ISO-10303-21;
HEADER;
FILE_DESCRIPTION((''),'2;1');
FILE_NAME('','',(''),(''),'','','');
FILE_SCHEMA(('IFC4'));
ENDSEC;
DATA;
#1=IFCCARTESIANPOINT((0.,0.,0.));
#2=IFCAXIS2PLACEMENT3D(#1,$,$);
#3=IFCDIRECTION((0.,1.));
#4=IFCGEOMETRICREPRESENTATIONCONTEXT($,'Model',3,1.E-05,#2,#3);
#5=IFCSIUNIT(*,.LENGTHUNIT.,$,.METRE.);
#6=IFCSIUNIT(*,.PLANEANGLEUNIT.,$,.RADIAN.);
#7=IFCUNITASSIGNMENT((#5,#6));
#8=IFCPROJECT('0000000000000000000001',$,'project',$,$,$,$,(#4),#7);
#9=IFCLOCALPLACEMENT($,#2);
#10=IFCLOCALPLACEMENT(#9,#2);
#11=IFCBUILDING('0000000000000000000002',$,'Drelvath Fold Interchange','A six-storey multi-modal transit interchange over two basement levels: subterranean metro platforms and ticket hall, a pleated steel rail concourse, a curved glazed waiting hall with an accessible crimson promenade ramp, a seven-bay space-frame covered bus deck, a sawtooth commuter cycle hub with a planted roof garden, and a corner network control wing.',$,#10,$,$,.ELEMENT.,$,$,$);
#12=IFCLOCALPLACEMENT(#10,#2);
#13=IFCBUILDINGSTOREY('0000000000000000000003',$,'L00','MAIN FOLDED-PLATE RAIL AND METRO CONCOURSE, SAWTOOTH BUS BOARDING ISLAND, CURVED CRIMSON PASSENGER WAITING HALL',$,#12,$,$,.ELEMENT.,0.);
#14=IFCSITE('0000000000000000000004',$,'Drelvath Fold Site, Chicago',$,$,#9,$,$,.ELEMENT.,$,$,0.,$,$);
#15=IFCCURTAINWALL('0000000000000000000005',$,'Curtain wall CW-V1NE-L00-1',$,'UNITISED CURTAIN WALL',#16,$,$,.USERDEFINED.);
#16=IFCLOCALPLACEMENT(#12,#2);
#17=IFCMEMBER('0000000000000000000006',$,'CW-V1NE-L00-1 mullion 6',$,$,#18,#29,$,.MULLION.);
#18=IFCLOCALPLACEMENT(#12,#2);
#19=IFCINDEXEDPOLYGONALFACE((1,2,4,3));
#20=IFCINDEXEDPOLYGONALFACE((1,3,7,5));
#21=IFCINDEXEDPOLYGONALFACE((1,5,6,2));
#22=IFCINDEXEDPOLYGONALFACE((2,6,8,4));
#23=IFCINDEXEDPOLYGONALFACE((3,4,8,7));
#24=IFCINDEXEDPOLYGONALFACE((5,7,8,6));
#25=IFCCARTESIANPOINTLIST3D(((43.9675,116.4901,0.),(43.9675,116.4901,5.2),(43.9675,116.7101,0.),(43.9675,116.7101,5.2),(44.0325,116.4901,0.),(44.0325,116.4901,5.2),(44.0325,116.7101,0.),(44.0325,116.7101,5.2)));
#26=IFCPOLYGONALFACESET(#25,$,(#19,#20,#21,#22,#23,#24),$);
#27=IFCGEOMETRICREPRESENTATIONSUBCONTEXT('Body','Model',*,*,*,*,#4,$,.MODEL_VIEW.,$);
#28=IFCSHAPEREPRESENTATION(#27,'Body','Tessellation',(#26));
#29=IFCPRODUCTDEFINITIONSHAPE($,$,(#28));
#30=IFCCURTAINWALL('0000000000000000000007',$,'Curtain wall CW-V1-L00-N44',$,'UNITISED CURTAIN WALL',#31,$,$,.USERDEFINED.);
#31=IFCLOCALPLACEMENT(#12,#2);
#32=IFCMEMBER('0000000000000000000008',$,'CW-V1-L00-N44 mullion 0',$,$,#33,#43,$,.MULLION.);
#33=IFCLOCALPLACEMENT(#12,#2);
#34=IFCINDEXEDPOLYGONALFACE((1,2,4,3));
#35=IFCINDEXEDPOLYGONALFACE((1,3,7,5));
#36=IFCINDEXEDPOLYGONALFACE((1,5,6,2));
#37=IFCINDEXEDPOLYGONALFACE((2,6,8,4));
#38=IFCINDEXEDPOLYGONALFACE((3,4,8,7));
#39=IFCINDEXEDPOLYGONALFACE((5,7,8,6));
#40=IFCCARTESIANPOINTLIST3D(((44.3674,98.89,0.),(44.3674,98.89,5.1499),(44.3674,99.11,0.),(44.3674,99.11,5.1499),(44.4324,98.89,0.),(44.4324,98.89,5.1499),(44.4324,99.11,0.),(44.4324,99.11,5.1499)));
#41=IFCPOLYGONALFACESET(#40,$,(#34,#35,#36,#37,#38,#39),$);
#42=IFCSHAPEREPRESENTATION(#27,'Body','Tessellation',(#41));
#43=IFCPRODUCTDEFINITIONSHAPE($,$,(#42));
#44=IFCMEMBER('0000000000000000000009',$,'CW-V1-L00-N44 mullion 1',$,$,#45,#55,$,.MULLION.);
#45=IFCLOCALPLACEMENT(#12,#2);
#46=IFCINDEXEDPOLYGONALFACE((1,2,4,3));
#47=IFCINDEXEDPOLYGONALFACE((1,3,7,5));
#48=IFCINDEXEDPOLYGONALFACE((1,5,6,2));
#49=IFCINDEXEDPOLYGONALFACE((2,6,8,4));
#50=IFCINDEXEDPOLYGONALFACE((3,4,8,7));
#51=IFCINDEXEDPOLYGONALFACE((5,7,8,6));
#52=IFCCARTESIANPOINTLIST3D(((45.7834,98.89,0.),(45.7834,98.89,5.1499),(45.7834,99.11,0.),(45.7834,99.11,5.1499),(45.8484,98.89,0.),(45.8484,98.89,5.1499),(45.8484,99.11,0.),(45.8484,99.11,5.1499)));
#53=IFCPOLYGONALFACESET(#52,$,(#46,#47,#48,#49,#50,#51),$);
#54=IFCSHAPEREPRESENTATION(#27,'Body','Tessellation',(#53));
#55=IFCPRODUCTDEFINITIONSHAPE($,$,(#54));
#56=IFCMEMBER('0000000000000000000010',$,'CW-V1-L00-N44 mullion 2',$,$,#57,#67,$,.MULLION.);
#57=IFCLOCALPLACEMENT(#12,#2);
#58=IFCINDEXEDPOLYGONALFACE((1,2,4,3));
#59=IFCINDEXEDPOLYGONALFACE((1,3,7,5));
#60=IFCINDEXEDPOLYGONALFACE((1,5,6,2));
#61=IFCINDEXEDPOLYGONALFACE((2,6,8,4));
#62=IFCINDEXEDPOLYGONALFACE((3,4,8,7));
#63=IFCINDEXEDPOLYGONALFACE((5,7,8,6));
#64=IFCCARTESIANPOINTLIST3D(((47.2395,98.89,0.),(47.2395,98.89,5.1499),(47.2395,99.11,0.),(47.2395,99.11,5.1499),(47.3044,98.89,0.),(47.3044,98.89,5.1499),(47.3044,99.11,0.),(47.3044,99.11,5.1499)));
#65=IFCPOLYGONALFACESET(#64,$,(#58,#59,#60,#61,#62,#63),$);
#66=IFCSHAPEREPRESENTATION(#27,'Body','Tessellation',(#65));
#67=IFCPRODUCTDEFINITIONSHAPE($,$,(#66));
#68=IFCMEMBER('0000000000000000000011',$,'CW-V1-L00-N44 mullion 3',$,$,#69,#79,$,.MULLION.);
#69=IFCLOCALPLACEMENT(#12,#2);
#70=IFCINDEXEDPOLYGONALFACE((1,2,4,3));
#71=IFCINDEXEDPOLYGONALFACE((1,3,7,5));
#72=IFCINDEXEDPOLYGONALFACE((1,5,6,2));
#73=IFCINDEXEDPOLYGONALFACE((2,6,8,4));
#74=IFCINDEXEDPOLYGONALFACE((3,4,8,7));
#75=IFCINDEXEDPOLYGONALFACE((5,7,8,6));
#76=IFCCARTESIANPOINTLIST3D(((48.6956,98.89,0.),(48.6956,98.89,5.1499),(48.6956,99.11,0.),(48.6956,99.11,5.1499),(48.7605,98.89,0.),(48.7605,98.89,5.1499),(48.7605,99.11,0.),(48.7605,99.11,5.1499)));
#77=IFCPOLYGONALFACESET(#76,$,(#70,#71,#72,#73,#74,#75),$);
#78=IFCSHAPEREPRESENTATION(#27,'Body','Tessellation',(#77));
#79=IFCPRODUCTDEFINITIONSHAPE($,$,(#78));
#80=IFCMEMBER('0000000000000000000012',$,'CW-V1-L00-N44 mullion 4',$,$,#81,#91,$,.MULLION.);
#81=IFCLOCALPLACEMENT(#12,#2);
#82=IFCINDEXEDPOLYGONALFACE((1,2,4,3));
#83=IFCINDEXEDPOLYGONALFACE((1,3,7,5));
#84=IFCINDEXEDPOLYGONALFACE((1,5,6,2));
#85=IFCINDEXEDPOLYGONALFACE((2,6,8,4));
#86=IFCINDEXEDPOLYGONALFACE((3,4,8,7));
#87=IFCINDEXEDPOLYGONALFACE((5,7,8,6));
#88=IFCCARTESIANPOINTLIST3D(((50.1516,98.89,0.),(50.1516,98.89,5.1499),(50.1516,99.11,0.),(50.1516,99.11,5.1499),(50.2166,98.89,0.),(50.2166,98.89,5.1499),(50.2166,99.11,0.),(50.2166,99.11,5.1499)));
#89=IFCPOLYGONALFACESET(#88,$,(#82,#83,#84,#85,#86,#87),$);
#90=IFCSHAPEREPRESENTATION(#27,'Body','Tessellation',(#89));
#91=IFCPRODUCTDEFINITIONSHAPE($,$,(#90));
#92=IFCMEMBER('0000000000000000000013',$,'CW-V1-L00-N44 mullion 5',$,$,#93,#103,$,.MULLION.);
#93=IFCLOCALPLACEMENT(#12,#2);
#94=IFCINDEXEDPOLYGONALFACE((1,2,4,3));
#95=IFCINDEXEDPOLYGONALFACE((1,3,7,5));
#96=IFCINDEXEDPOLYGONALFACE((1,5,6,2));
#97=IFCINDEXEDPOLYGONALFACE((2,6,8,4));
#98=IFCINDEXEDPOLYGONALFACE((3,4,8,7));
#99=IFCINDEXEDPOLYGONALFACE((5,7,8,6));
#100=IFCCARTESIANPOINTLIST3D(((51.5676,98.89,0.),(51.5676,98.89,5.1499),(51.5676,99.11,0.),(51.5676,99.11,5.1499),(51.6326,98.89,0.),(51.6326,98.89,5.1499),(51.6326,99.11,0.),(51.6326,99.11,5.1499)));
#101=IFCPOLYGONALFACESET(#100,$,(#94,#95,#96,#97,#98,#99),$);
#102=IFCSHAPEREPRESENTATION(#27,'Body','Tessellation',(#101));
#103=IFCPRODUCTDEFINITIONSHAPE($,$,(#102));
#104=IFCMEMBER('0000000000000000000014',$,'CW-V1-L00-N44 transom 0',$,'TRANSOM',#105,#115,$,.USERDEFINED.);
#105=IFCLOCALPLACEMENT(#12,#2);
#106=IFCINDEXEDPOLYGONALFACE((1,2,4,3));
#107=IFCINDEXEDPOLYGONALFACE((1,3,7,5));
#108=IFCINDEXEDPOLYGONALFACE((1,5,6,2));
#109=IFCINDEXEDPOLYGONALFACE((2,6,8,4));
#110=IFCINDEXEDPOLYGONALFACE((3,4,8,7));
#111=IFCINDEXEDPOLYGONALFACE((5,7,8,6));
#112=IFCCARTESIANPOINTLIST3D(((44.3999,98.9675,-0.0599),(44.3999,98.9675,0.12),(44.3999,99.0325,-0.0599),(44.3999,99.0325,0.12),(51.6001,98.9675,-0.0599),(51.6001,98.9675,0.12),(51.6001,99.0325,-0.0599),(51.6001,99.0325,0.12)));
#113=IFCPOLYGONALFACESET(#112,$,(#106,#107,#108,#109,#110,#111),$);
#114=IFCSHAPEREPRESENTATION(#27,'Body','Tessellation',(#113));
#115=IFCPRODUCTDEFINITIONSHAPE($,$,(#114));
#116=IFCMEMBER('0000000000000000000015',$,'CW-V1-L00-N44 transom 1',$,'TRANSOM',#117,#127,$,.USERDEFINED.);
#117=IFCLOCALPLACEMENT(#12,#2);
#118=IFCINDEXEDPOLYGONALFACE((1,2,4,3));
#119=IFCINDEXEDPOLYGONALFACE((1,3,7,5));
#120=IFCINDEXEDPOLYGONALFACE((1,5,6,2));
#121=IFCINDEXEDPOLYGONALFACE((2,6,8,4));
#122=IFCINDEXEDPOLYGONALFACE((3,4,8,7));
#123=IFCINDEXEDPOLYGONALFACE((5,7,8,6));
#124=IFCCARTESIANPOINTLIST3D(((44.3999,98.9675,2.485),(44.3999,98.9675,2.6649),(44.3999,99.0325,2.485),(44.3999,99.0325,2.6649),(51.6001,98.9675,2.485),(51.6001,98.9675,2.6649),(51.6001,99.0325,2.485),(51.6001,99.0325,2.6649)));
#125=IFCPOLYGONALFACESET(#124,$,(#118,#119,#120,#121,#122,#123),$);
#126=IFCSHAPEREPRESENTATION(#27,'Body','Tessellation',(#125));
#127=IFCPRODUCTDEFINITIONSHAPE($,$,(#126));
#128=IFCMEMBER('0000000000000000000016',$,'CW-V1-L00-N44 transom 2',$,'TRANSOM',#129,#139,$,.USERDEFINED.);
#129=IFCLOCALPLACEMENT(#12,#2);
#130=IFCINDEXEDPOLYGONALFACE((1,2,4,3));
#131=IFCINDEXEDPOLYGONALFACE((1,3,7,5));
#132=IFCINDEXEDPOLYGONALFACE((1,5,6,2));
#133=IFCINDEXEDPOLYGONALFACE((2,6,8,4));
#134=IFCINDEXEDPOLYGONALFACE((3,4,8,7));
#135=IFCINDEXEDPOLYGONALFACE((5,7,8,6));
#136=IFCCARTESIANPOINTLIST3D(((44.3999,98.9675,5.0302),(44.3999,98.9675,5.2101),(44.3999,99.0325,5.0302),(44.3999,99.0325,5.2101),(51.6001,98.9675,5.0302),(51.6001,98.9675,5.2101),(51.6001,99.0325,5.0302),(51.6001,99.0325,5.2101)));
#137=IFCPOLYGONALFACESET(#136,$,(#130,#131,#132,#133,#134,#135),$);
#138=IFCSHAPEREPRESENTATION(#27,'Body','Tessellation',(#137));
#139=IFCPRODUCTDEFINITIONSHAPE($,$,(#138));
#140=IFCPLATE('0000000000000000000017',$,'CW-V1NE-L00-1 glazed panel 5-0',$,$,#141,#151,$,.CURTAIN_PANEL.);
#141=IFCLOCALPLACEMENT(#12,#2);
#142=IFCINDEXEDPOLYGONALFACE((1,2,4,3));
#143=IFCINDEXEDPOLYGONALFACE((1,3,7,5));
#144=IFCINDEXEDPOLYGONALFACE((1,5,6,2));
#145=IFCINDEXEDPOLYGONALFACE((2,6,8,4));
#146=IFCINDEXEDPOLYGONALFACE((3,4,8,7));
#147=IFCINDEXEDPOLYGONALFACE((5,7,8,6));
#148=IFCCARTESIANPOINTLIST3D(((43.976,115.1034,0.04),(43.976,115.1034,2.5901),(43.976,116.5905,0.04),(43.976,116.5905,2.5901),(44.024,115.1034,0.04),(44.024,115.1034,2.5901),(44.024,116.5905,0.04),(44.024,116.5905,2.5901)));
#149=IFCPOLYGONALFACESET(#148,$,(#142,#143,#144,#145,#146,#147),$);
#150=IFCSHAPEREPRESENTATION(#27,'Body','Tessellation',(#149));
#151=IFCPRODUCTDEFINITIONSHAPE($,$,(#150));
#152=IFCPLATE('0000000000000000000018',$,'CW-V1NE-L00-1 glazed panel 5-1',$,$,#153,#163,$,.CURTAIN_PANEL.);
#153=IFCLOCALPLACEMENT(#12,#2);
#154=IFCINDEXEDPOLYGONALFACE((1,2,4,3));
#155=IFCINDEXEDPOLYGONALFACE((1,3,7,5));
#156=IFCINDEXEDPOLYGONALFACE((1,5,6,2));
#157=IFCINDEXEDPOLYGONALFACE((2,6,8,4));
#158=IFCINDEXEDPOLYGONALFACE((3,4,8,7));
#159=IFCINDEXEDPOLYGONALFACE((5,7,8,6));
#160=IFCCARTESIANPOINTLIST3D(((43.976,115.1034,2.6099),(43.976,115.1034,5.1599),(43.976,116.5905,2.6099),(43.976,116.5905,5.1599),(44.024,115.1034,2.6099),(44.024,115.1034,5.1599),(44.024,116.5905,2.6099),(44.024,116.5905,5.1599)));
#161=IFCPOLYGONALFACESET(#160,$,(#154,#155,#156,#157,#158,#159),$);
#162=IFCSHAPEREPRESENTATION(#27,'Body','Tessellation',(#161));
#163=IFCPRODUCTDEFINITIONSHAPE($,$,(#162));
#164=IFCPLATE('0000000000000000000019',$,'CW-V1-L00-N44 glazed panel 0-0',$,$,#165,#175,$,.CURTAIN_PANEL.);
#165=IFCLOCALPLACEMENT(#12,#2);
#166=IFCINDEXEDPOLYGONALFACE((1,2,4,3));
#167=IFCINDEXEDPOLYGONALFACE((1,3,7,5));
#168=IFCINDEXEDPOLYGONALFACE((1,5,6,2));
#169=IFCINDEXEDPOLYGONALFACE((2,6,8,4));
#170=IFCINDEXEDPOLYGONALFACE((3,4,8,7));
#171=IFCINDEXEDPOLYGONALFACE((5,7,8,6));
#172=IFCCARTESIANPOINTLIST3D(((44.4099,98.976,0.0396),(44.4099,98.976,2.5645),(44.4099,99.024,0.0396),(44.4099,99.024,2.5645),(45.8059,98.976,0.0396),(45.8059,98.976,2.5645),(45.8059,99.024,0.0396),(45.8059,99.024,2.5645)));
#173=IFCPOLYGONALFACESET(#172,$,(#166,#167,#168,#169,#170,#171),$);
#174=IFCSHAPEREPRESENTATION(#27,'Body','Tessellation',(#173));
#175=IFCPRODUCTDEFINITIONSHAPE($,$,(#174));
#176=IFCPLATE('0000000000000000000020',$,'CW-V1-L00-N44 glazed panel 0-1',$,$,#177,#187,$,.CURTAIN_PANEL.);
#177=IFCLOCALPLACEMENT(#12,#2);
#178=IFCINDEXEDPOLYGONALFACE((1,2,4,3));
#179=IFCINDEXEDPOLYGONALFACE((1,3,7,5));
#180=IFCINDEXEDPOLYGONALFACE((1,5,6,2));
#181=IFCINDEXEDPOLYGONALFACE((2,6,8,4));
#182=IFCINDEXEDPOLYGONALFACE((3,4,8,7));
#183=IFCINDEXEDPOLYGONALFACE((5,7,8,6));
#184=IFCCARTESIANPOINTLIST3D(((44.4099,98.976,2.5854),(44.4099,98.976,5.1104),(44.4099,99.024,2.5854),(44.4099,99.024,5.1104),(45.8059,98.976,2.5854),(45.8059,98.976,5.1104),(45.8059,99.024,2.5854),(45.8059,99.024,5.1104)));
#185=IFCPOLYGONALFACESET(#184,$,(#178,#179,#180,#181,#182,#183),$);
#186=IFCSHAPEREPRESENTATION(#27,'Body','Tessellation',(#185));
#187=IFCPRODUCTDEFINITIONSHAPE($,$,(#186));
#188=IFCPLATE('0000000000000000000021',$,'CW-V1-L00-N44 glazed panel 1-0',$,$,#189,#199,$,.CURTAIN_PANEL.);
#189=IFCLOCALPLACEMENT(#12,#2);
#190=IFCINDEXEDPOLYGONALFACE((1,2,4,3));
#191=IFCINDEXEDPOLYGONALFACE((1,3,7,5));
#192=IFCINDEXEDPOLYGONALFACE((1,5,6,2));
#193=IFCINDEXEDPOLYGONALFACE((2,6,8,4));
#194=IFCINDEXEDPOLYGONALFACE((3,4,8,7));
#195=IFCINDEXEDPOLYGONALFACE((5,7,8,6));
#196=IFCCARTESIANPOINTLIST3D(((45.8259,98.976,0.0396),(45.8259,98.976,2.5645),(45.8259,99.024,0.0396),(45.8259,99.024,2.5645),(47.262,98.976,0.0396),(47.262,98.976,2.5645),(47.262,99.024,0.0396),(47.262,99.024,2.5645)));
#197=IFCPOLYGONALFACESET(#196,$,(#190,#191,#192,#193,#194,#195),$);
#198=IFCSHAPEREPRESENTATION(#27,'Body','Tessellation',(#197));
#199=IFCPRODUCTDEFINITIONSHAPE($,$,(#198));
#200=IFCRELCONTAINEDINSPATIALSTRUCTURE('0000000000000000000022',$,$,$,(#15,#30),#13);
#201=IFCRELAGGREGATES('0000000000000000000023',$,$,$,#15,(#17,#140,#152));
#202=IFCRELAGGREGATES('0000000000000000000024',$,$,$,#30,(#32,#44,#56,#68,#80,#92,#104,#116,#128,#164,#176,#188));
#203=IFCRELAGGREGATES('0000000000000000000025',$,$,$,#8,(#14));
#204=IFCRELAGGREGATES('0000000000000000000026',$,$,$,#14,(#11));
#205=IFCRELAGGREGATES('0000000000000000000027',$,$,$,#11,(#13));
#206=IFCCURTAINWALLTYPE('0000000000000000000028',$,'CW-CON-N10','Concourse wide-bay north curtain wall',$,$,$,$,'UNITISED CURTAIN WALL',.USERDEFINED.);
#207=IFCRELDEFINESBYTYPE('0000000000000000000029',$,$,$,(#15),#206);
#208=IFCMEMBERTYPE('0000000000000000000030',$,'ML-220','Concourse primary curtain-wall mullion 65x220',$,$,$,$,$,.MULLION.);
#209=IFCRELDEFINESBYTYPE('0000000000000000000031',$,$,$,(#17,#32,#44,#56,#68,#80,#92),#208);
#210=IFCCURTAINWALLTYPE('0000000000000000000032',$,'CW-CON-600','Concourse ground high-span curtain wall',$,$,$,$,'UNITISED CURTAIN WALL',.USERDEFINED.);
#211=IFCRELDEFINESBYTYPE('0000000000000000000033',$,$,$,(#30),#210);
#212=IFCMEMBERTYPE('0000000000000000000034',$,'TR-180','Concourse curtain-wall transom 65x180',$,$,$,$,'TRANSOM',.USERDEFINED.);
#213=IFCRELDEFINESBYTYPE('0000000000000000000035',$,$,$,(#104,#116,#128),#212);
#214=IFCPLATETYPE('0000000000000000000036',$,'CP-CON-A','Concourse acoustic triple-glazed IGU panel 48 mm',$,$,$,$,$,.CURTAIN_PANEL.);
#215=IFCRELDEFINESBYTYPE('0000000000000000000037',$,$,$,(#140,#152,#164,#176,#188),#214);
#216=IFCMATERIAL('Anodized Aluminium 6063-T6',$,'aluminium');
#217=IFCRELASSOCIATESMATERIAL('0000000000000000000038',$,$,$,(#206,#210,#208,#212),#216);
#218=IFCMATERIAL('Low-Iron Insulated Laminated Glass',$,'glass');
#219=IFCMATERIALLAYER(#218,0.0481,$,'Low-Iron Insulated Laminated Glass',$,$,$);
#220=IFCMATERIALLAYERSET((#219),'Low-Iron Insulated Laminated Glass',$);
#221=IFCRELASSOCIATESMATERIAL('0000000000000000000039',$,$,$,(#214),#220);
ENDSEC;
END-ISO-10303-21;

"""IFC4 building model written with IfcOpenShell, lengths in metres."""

from ifc_helpers import new_model, si_unit, direction, frame, origin, origin_2d, place, context, subcontext, project, spatial, rectangle, extrude, material, layer, layer_set, material_profile, profile_set, type_object, element, aggregate, save


model = new_model("IFC4")

# Units and contexts
model_context = context("Model", 3, precision=1e-05, world=origin(), true_north=direction((0.0, 1.0)))
body_context = subcontext(model_context, "Body", "Model", "MODEL_VIEW")
ifc_project = project(units=[si_unit("LENGTHUNIT", "METRE"), si_unit("PLANEANGLEUNIT", "RADIAN")], contexts=[model_context])

# Site, building, storey
site_placement = place(None, origin())
site = spatial("IfcSite", under=ifc_project, at=site_placement, Name="Drelvath Fold Site, Chicago", CompositionType="ELEMENT", RefElevation=0.0)
building_placement = place(site_placement, origin())
building = spatial("IfcBuilding", under=site, at=building_placement, Name="Drelvath Fold Interchange", Description="A six-storey multi-modal transit interchange over two basement levels: subterranean metro platforms and ticket hall, a pleated steel rail concourse, a curved glazed waiting hall with an accessible crimson promenade ramp, a seven-bay space-frame covered bus deck, a sawtooth commuter cycle hub with a planted roof garden, and a corner network control wing.", CompositionType="ELEMENT")
storey_placement = place(building_placement, origin())
storey = spatial("IfcBuildingStorey", under=building, at=storey_placement, Name="L00", Description="MAIN FOLDED-PLATE RAIL AND METRO CONCOURSE, SAWTOOTH BUS BOARDING ISLAND, CURVED CRIMSON PASSENGER WAITING HALL", CompositionType="ELEMENT", Elevation=0.0)

# Curtain wall, member
ifc_material_1 = material(Name="Anodized Aluminium 6063-T6", Category="aluminium")
curtain_wall_type_1 = type_object("IfcCurtainWallType", Name="CW-CON-N10", Description="Concourse wide-bay north curtain wall", ElementType="UNITISED CURTAIN WALL", PredefinedType="USERDEFINED", material=ifc_material_1)
curtain_wall_1_placement = place(storey_placement, origin())
curtain_wall_1 = element("IfcCurtainWall", 1, at=curtain_wall_1_placement, inside=storey, type_object=curtain_wall_type_1, Name="Curtain wall CW-V1NE-L00-1", ObjectType="UNITISED CURTAIN WALL", PredefinedType="USERDEFINED")
ifc_material_profile_1 = material_profile(ifc_material_1, rectangle(XDim=0.0649, YDim=0.22, at=origin_2d()), Name="AL-M 65x220")
ifc_profile_set_1 = profile_set([ifc_material_profile_1], Name="Anodized Aluminium 6063-T6")
member_type_1 = type_object("IfcMemberType", Name="ML-220", Description="Concourse primary curtain-wall mullion 65x220", PredefinedType="MULLION", material=ifc_profile_set_1)
member_1_placement = place(storey_placement, frame((44.0, 116.6001, 0.0), z_axis=(0.0, 0.0, 1.0), x_axis=(1.0, 0.0, 0.0)))
member_1 = element("IfcMember", 2, at=member_1_placement, type_object=member_type_1, Name="CW-V1NE-L00-1 mullion 6", PredefinedType="MULLION", context=body_context, shape_type="SweptSolid", body=[
    extrude(rectangle(XDim=0.0649, YDim=0.22, at=origin_2d()), origin(), (0.0, 0.0, 1.0), 5.2),
])

# Curtain wall, members
curtain_wall_type_2 = type_object("IfcCurtainWallType", Name="CW-CON-600", Description="Concourse ground high-span curtain wall", ElementType="UNITISED CURTAIN WALL", PredefinedType="USERDEFINED", material=ifc_material_1)
curtain_wall_2_placement = place(storey_placement, origin())
curtain_wall_2 = element("IfcCurtainWall", 3, at=curtain_wall_2_placement, inside=storey, type_object=curtain_wall_type_2, Name="Curtain wall CW-V1-L00-N44", ObjectType="UNITISED CURTAIN WALL", PredefinedType="USERDEFINED")
member_2_placement = place(storey_placement, frame((44.3999, 99.0, 0.0), z_axis=(0.0, 0.0, 1.0), x_axis=(1.0, 0.0, 0.0)))
member_2 = element("IfcMember", 4, at=member_2_placement, type_object=member_type_1, Name="CW-V1-L00-N44 mullion 0", PredefinedType="MULLION", context=body_context, shape_type="SweptSolid", body=[
    extrude(rectangle(XDim=0.0649, YDim=0.22, at=origin_2d()), origin(), (0.0, 0.0, 1.0), 5.1499),
])
member_3_placement = place(storey_placement, frame((45.8159, 99.0, 0.0), z_axis=(0.0, 0.0, 1.0), x_axis=(1.0, 0.0, 0.0)))
member_3 = element("IfcMember", 5, at=member_3_placement, type_object=member_type_1, Name="CW-V1-L00-N44 mullion 1", PredefinedType="MULLION", context=body_context, shape_type="SweptSolid", body=[
    extrude(rectangle(XDim=0.0649, YDim=0.22, at=origin_2d()), origin(), (0.0, 0.0, 1.0), 5.1499),
])
member_4_placement = place(storey_placement, frame((47.272, 99.0, 0.0), z_axis=(0.0, 0.0, 1.0), x_axis=(1.0, 0.0, 0.0)))
member_4 = element("IfcMember", 6, at=member_4_placement, type_object=member_type_1, Name="CW-V1-L00-N44 mullion 2", PredefinedType="MULLION", context=body_context, shape_type="SweptSolid", body=[
    extrude(rectangle(XDim=0.0649, YDim=0.22, at=origin_2d()), origin(), (0.0, 0.0, 1.0), 5.1499),
])
member_5_placement = place(storey_placement, frame((48.728, 99.0, 0.0), z_axis=(0.0, 0.0, 1.0), x_axis=(1.0, 0.0, 0.0)))
member_5 = element("IfcMember", 7, at=member_5_placement, type_object=member_type_1, Name="CW-V1-L00-N44 mullion 3", PredefinedType="MULLION", context=body_context, shape_type="SweptSolid", body=[
    extrude(rectangle(XDim=0.0649, YDim=0.22, at=origin_2d()), origin(), (0.0, 0.0, 1.0), 5.1499),
])
member_6_placement = place(storey_placement, frame((50.1841, 99.0, 0.0), z_axis=(0.0, 0.0, 1.0), x_axis=(1.0, 0.0, 0.0)))
member_6 = element("IfcMember", 8, at=member_6_placement, type_object=member_type_1, Name="CW-V1-L00-N44 mullion 4", PredefinedType="MULLION", context=body_context, shape_type="SweptSolid", body=[
    extrude(rectangle(XDim=0.0649, YDim=0.22, at=origin_2d()), origin(), (0.0, 0.0, 1.0), 5.1499),
])
member_7_placement = place(storey_placement, frame((51.6001, 99.0, 0.0), z_axis=(0.0, 0.0, 1.0), x_axis=(1.0, 0.0, 0.0)))
member_7 = element("IfcMember", 9, at=member_7_placement, type_object=member_type_1, Name="CW-V1-L00-N44 mullion 5", PredefinedType="MULLION", context=body_context, shape_type="SweptSolid", body=[
    extrude(rectangle(XDim=0.0649, YDim=0.22, at=origin_2d()), origin(), (0.0, 0.0, 1.0), 5.1499),
])
ifc_material_profile_2 = material_profile(ifc_material_1, rectangle(XDim=0.0649, YDim=0.1799, at=origin_2d()), Name="AL-T 65x180")
ifc_profile_set_2 = profile_set([ifc_material_profile_2], Name="Anodized Aluminium 6063-T6")
member_type_2 = type_object("IfcMemberType", Name="TR-180", Description="Concourse curtain-wall transom 65x180", ElementType="TRANSOM", PredefinedType="USERDEFINED", material=ifc_profile_set_2)
member_8_placement = place(storey_placement, frame((44.3999, 99.0, 0.03), z_axis=(1.0, 0.0, 0.0), x_axis=(0.0, 1.0, 0.0)))
member_8 = element("IfcMember", 10, at=member_8_placement, type_object=member_type_2, Name="CW-V1-L00-N44 transom 0", ObjectType="TRANSOM", PredefinedType="USERDEFINED", context=body_context, shape_type="SweptSolid", body=[
    extrude(rectangle(XDim=0.0649, YDim=0.1799, at=origin_2d()), origin(), (0.0, 0.0, 1.0), 7.2002),
])
member_9_placement = place(storey_placement, frame((44.3999, 99.0, 2.575), z_axis=(1.0, 0.0, 0.0), x_axis=(0.0, 1.0, 0.0)))
member_9 = element("IfcMember", 11, at=member_9_placement, type_object=member_type_2, Name="CW-V1-L00-N44 transom 1", ObjectType="TRANSOM", PredefinedType="USERDEFINED", context=body_context, shape_type="SweptSolid", body=[
    extrude(rectangle(XDim=0.0649, YDim=0.1799, at=origin_2d()), origin(), (0.0, 0.0, 1.0), 7.2002),
])
member_10_placement = place(storey_placement, frame((44.3999, 99.0, 5.1201), z_axis=(1.0, 0.0, 0.0), x_axis=(0.0, 1.0, 0.0)))
member_10 = element("IfcMember", 12, at=member_10_placement, type_object=member_type_2, Name="CW-V1-L00-N44 transom 2", ObjectType="TRANSOM", PredefinedType="USERDEFINED", context=body_context, shape_type="SweptSolid", body=[
    extrude(rectangle(XDim=0.0649, YDim=0.1799, at=origin_2d()), origin(), (0.0, 0.0, 1.0), 7.2002),
])

# Plates
ifc_material_2 = material(Name="Low-Iron Insulated Laminated Glass", Category="glass")
ifc_layer_1 = layer(ifc_material_2, 0.0481, Name="Low-Iron Insulated Laminated Glass")
ifc_layer_set_1 = layer_set([ifc_layer_1], Name="Low-Iron Insulated Laminated Glass")
plate_type = type_object("IfcPlateType", Name="CP-CON-A", Description="Concourse acoustic triple-glazed IGU panel 48 mm", PredefinedType="CURTAIN_PANEL", material=ifc_layer_set_1)
plate_1_placement = place(storey_placement, frame((44.0, 115.8469, 0.04), z_axis=(0.0, 0.0, 1.0), x_axis=(0.0, 1.0, 0.0)))
plate_1 = element("IfcPlate", 13, at=plate_1_placement, type_object=plate_type, Name="CW-V1NE-L00-1 glazed panel 5-0", PredefinedType="CURTAIN_PANEL", context=body_context, shape_type="SweptSolid", body=[
    extrude(rectangle(XDim=1.4871, YDim=0.0481, at=origin_2d()), origin(), (0.0, 0.0, 1.0), 2.55),
])
plate_2_placement = place(storey_placement, frame((44.0, 115.8469, 2.6099), z_axis=(0.0, 0.0, 1.0), x_axis=(0.0, 1.0, 0.0)))
plate_2 = element("IfcPlate", 14, at=plate_2_placement, type_object=plate_type, Name="CW-V1NE-L00-1 glazed panel 5-1", PredefinedType="CURTAIN_PANEL", context=body_context, shape_type="SweptSolid", body=[
    extrude(rectangle(XDim=1.4871, YDim=0.0481, at=origin_2d()), origin(), (0.0, 0.0, 1.0), 2.55),
])
aggregate(curtain_wall_1, [member_1, plate_1, plate_2])
plate_3_placement = place(storey_placement, frame((45.1079, 99.0, 0.0396), z_axis=(0.0, 0.0, 1.0), x_axis=(1.0, 0.0, 0.0)))
plate_3 = element("IfcPlate", 15, at=plate_3_placement, type_object=plate_type, Name="CW-V1-L00-N44 glazed panel 0-0", PredefinedType="CURTAIN_PANEL", context=body_context, shape_type="SweptSolid", body=[
    extrude(rectangle(XDim=1.396, YDim=0.0481, at=origin_2d()), origin(), (0.0, 0.0, 1.0), 2.5249),
])
plate_4_placement = place(storey_placement, frame((45.1079, 99.0, 2.5854), z_axis=(0.0, 0.0, 1.0), x_axis=(1.0, 0.0, 0.0)))
plate_4 = element("IfcPlate", 16, at=plate_4_placement, type_object=plate_type, Name="CW-V1-L00-N44 glazed panel 0-1", PredefinedType="CURTAIN_PANEL", context=body_context, shape_type="SweptSolid", body=[
    extrude(rectangle(XDim=1.396, YDim=0.0481, at=origin_2d()), origin(), (0.0, 0.0, 1.0), 2.5249),
])
plate_5_placement = place(storey_placement, frame((46.5439, 99.0, 0.0396), z_axis=(0.0, 0.0, 1.0), x_axis=(1.0, 0.0, 0.0)))
plate_5 = element("IfcPlate", 17, at=plate_5_placement, type_object=plate_type, Name="CW-V1-L00-N44 glazed panel 1-0", PredefinedType="CURTAIN_PANEL", context=body_context, shape_type="SweptSolid", body=[
    extrude(rectangle(XDim=1.436, YDim=0.0481, at=origin_2d()), origin(), (0.0, 0.0, 1.0), 2.5249),
])
aggregate(curtain_wall_2, [member_2, member_3, member_4, member_5, member_6, member_7, member_8, member_9, member_10, plate_3, plate_4, plate_5])

save(model, "model.ifc")
